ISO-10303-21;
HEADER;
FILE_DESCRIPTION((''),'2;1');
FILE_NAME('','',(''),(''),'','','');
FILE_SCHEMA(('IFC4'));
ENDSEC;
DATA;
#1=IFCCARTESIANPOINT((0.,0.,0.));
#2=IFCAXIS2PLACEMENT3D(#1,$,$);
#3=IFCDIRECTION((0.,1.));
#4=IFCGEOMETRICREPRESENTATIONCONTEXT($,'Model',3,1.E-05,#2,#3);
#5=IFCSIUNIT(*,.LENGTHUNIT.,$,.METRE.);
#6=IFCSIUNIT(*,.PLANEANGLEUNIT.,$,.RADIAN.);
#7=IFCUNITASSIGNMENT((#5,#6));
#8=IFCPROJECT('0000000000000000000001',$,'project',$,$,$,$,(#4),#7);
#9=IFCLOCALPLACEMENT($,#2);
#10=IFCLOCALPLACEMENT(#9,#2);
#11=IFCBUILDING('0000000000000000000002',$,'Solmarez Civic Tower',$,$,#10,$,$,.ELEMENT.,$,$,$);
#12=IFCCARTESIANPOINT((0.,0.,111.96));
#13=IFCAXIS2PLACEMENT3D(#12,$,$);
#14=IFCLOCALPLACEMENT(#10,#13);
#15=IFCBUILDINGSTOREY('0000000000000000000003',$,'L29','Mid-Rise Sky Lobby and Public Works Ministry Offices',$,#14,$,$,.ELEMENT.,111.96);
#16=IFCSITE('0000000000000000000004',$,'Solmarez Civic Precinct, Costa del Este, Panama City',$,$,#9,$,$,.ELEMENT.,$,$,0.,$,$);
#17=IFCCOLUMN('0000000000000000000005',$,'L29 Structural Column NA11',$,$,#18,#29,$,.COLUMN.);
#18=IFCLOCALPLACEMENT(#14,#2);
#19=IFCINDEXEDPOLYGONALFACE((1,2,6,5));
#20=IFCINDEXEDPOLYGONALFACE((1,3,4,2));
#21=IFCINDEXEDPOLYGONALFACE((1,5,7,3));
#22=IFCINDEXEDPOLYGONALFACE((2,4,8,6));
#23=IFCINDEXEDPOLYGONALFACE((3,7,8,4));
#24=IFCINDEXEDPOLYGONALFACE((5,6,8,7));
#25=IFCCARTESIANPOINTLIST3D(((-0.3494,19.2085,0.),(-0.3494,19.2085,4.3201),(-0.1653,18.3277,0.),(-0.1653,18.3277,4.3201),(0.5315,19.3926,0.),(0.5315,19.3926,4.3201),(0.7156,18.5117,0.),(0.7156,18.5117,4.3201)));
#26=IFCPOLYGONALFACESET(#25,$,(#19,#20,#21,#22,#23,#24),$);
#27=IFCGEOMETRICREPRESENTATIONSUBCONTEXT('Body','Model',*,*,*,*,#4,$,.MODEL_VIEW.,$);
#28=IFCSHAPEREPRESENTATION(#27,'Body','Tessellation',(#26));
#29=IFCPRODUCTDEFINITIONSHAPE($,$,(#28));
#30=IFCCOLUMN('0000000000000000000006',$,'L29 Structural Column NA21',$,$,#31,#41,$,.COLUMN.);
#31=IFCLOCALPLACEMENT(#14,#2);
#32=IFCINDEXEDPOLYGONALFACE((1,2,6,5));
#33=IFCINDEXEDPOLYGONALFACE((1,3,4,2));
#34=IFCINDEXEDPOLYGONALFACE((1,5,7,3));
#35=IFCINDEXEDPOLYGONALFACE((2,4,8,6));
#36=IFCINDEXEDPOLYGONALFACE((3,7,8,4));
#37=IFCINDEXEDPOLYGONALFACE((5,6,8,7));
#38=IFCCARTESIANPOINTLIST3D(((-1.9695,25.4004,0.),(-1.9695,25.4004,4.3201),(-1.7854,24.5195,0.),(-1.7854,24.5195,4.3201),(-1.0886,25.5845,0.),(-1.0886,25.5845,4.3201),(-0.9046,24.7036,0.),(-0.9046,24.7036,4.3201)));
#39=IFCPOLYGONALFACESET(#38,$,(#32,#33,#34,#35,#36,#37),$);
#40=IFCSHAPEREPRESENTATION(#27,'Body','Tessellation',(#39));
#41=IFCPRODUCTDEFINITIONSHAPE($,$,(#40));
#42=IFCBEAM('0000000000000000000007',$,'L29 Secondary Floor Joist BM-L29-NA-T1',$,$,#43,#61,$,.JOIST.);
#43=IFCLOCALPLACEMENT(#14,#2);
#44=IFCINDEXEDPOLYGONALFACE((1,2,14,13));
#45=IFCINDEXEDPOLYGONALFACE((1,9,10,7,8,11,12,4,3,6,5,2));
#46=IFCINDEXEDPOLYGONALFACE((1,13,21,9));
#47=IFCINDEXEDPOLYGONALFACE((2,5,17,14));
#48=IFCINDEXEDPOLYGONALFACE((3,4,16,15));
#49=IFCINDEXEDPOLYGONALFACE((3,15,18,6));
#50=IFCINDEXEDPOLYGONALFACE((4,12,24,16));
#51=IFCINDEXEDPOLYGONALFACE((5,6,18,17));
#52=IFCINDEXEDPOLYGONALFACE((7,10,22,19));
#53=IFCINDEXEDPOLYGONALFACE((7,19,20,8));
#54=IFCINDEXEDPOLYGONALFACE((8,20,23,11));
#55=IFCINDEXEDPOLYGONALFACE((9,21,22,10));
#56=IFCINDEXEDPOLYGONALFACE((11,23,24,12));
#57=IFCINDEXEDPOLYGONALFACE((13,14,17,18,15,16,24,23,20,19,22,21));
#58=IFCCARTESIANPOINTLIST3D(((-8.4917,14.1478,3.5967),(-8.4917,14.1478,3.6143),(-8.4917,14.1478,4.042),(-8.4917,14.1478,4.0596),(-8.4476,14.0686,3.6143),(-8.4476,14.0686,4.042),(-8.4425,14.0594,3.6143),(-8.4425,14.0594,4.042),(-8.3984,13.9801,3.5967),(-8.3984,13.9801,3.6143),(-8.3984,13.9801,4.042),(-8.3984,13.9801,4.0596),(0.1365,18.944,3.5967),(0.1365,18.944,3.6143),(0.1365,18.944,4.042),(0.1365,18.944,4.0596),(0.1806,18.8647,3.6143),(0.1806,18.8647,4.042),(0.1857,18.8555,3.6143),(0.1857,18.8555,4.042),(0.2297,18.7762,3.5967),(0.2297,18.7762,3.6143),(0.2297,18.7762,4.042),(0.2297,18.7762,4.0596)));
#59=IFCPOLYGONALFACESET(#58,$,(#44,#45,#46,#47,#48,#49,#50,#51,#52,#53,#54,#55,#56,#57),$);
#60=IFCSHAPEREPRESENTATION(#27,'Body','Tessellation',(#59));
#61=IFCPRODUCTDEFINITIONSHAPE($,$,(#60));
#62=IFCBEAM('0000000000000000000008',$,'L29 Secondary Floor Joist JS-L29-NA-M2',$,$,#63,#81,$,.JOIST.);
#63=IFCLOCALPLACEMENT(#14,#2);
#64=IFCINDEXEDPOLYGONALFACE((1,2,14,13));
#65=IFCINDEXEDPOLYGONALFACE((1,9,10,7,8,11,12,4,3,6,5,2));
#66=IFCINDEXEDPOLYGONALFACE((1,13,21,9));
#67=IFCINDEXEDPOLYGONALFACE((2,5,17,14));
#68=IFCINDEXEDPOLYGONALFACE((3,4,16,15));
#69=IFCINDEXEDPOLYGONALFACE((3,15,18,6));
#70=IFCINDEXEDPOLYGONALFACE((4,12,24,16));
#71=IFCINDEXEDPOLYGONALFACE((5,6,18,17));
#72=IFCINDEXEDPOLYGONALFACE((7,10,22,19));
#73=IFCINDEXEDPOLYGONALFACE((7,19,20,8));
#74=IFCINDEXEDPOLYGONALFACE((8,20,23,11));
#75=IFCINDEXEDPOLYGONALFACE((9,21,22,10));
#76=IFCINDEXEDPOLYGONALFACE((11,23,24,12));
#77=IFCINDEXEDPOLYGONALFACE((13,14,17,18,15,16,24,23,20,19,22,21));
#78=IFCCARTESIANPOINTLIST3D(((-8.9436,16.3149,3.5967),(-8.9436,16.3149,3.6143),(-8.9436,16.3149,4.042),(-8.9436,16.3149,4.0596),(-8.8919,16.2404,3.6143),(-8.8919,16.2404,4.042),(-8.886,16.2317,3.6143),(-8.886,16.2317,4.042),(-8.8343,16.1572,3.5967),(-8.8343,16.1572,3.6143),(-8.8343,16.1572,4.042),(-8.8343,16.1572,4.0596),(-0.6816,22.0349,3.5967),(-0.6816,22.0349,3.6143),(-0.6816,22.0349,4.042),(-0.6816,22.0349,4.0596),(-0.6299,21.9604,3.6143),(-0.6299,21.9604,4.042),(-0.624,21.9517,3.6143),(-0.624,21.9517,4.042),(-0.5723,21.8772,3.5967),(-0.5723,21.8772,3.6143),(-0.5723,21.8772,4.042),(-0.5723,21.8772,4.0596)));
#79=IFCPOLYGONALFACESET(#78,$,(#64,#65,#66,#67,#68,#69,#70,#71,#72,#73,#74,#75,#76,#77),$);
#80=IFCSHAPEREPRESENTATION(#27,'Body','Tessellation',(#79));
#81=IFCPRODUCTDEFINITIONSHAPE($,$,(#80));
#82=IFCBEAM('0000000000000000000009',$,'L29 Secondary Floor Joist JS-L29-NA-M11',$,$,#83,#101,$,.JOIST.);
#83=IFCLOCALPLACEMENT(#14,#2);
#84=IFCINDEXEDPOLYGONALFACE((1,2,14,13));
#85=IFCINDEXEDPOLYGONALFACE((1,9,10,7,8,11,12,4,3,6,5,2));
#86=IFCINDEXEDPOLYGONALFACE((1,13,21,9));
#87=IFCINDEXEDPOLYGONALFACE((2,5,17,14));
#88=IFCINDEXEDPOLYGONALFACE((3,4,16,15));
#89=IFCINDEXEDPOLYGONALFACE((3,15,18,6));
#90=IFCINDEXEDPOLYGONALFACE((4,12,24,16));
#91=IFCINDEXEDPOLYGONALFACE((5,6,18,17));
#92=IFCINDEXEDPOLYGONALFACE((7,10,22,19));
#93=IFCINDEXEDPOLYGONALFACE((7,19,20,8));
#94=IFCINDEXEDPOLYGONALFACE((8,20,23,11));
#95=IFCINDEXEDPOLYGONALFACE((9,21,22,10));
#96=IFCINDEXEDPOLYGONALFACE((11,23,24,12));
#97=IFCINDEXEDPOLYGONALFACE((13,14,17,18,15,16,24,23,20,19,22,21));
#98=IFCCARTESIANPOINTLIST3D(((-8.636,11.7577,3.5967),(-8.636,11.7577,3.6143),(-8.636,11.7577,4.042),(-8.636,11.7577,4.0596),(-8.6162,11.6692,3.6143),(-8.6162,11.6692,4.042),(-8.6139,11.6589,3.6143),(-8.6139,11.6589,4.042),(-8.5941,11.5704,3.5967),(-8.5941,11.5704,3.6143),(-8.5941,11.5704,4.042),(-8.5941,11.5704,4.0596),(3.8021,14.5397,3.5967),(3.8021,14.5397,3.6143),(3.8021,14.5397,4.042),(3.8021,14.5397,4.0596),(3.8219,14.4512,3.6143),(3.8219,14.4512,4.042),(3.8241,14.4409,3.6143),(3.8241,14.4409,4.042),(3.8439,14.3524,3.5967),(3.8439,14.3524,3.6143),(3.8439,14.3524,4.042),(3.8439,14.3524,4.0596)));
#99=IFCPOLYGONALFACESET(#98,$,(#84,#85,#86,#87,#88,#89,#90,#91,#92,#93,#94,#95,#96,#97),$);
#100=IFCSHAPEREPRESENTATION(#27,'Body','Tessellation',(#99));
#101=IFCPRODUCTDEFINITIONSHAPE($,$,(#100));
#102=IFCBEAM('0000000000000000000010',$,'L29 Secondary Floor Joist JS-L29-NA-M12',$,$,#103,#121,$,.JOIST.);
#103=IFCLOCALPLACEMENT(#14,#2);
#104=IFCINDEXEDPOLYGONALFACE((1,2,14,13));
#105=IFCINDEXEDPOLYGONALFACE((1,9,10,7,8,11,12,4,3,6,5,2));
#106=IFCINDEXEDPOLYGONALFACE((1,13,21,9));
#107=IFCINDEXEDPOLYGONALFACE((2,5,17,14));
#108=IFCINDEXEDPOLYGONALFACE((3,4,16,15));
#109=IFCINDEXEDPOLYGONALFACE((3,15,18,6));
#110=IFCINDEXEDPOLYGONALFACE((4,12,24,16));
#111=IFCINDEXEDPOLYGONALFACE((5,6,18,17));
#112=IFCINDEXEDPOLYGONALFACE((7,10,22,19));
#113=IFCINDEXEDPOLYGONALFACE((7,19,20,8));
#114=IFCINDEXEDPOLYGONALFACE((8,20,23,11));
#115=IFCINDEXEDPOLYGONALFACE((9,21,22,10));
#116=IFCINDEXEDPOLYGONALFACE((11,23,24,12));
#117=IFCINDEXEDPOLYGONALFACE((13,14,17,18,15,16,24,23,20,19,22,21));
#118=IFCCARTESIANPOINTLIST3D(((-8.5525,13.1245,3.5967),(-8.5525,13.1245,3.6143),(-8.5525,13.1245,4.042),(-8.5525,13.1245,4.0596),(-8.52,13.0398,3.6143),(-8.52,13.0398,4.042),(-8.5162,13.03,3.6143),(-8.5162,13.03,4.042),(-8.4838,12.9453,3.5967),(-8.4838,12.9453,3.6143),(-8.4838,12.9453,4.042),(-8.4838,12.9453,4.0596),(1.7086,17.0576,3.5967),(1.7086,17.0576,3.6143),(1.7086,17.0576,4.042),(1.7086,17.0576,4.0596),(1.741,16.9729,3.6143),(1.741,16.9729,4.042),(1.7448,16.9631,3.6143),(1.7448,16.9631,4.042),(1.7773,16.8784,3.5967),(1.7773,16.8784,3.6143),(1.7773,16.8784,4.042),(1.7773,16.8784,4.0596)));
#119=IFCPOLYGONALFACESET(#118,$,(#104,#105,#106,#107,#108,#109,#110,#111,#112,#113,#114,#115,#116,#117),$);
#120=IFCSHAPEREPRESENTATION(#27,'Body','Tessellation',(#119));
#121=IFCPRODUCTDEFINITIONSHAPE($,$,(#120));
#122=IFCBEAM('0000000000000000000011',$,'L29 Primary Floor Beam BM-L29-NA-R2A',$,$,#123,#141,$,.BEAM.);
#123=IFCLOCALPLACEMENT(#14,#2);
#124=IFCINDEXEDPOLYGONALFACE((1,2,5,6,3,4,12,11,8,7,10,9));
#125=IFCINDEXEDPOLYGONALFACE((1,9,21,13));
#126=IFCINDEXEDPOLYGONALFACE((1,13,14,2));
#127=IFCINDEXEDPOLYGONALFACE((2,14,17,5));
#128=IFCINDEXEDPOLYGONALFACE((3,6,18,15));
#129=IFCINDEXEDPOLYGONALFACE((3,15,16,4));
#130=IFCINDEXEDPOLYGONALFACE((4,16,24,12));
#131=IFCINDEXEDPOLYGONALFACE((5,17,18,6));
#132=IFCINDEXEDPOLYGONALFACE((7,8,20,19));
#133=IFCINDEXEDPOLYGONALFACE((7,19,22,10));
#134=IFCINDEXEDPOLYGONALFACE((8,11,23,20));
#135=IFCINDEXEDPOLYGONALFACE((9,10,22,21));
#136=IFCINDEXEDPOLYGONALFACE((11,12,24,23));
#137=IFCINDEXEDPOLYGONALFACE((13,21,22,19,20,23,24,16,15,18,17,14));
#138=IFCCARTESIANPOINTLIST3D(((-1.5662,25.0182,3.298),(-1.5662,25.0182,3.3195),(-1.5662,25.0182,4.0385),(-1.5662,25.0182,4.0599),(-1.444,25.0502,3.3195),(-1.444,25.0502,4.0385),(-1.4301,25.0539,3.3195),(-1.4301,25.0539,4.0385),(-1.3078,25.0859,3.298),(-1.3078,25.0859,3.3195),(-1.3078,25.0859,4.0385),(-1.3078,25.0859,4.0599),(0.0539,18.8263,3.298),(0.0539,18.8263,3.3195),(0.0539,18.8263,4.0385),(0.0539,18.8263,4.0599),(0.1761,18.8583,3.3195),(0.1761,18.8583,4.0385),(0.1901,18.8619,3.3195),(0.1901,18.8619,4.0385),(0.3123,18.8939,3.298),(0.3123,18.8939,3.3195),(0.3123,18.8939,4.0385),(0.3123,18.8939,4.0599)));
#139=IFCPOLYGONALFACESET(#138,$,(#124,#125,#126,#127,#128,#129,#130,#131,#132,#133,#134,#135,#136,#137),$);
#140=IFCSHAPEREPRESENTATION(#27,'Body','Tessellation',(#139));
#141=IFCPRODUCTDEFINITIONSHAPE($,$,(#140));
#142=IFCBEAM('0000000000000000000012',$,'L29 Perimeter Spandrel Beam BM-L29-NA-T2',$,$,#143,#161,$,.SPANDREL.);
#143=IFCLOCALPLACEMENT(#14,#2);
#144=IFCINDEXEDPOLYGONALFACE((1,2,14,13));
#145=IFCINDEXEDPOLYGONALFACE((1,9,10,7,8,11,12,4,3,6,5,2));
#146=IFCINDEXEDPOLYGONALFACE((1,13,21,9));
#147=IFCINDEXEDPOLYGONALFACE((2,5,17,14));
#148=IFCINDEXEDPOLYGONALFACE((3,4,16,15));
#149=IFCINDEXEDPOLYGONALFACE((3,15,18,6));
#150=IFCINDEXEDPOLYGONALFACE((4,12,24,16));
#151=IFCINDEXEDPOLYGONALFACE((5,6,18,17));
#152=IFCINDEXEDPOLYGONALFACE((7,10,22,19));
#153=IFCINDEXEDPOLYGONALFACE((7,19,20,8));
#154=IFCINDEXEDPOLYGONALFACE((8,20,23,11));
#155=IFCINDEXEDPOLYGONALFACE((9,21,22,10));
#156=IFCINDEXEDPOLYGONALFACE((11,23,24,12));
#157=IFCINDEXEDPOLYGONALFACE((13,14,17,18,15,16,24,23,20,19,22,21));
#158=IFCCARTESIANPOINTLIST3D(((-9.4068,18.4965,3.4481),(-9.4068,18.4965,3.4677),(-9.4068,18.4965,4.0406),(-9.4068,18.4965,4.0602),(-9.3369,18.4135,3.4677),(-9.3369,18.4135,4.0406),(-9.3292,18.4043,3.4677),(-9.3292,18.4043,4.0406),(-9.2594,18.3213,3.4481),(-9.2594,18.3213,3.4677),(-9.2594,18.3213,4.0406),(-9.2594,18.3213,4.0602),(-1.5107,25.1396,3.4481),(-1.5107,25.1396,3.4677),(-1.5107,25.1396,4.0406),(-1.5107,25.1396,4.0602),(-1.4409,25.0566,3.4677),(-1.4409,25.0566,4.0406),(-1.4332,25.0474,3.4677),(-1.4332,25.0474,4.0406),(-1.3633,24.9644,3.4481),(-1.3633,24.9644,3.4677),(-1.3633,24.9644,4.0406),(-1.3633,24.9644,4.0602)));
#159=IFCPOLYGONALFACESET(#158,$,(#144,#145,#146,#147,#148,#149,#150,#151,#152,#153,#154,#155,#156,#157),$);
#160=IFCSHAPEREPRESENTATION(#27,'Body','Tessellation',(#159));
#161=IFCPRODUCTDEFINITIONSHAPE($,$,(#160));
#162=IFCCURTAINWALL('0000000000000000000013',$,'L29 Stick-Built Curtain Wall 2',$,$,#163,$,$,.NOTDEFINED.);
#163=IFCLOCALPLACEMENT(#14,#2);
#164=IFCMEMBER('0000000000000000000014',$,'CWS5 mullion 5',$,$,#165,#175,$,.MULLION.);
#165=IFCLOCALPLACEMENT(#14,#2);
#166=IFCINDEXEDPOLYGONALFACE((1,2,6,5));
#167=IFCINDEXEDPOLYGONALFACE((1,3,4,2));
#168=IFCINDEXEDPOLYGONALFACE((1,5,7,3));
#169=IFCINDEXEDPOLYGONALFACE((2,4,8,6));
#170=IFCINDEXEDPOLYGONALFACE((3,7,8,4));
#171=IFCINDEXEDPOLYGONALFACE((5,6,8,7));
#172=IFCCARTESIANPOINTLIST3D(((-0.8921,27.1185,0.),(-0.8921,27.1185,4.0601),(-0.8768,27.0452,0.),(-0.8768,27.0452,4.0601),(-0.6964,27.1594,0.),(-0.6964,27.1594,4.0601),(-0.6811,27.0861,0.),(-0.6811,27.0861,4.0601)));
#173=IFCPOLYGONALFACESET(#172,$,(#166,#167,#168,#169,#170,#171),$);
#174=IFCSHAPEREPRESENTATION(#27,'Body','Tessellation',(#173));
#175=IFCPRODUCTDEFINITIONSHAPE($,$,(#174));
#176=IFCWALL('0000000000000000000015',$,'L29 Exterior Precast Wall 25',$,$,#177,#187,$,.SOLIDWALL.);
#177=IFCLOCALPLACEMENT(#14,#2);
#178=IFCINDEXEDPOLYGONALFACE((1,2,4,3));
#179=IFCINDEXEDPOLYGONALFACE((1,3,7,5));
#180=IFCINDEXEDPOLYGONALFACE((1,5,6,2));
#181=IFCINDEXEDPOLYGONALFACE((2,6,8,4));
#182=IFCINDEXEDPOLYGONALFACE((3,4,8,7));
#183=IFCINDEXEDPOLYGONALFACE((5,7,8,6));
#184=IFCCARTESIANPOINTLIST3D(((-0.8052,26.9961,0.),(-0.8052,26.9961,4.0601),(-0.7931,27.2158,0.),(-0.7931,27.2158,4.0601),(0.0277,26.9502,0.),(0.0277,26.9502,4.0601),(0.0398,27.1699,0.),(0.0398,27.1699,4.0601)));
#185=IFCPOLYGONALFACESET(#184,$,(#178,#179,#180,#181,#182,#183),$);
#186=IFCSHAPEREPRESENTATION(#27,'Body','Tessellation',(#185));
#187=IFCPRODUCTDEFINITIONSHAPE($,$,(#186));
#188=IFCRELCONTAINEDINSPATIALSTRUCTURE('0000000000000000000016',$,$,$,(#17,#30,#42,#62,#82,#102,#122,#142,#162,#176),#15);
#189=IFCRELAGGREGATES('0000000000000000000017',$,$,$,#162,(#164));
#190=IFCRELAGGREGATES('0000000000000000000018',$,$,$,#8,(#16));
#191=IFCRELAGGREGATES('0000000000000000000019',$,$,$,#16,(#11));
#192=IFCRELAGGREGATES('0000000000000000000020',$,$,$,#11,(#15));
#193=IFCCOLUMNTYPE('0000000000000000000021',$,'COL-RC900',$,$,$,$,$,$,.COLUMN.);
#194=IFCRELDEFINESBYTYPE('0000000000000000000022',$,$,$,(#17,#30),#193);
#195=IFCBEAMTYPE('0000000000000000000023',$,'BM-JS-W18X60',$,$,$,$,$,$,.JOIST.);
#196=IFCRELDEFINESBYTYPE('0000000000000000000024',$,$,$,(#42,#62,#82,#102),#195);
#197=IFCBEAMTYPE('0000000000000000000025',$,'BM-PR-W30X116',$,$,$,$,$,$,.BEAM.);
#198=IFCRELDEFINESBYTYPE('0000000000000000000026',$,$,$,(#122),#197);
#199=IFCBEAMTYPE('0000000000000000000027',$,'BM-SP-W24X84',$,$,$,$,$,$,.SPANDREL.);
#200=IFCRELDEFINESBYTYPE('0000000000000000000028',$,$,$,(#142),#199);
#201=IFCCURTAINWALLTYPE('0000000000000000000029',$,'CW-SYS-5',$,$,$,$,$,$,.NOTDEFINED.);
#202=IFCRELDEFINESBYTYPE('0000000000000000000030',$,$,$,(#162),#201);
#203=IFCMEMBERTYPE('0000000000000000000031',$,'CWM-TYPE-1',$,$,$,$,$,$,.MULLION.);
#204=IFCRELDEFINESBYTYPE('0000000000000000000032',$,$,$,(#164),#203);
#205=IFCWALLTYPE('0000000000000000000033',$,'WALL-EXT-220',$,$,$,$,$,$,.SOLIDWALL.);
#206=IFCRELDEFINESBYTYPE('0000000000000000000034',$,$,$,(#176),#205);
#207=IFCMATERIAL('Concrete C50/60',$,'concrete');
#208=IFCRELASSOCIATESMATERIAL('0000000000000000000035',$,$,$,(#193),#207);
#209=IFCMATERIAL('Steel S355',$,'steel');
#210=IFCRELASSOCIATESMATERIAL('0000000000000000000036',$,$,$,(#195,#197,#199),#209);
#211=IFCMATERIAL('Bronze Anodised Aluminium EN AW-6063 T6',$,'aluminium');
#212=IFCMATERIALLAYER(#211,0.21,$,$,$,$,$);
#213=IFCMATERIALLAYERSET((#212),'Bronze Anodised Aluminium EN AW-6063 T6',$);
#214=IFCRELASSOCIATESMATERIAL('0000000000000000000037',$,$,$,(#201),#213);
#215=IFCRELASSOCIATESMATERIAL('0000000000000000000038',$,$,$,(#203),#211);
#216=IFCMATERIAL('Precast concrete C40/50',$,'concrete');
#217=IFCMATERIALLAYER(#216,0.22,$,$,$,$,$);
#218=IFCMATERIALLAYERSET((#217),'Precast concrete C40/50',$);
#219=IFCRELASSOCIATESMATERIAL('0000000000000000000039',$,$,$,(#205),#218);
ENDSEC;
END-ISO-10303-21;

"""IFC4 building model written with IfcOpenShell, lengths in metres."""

from ifc_helpers import new_model, si_unit, direction, frame, frame_2d, origin, origin_2d, place, context, subcontext, project, spatial, rectangle, i_section, extrude, material, layer, layer_set, material_profile, profile_set, type_object, element, aggregate, save


model = new_model("IFC4")

# Units and contexts
model_context = context("Model", 3, precision=1e-05, world=origin(), true_north=direction((0.0, 1.0)))
body_context = subcontext(model_context, "Body", "Model", "MODEL_VIEW")
ifc_project = project(units=[si_unit("LENGTHUNIT", "METRE"), si_unit("PLANEANGLEUNIT", "RADIAN")], contexts=[model_context])

# Site, building, storey
site_placement = place(None, origin())
site = spatial("IfcSite", under=ifc_project, at=site_placement, Name="Solmarez Civic Precinct, Costa del Este, Panama City", CompositionType="ELEMENT", RefElevation=0.0)
building_placement = place(site_placement, origin())
building = spatial("IfcBuilding", under=site, at=building_placement, Name="Solmarez Civic Tower", CompositionType="ELEMENT")
storey_placement = place(building_placement, frame((0.0, 0.0, 111.96)))
storey = spatial("IfcBuildingStorey", under=building, at=storey_placement, Name="L29", Description="Mid-Rise Sky Lobby and Public Works Ministry Offices", CompositionType="ELEMENT", Elevation=111.96)

# Columns
ifc_material_1 = material(Name="Concrete C50/60", Category="concrete")
ifc_material_profile_1 = material_profile(ifc_material_1, rectangle(XDim=0.8999, YDim=0.8999, at=origin_2d()), Name="RC900X900")
ifc_profile_set_1 = profile_set([ifc_material_profile_1], Name="Concrete C50/60")
column_type = type_object("IfcColumnType", Name="COL-RC900", PredefinedType="COLUMN", material=ifc_profile_set_1)
for number, where, z_axis, x_axis, name in (
    (1, (0.1831, 18.8601, 0.0), (0.0, 0.0, 1.0), (0.978867, 0.204496, 0.0), "L29 Structural Column NA11"),
    (2, (-1.437, 25.052, 0.0), (0.0, 0.0, 1.0), (0.978867, 0.204496, 0.0), "L29 Structural Column NA21"),
):
    element("IfcColumn", number, at=place(storey_placement, frame(where, z_axis=z_axis, x_axis=x_axis)), inside=storey, type_object=column_type, Name=name, PredefinedType="COLUMN", context=body_context, shape_type="SweptSolid", body=[
        extrude(rectangle(XDim=0.8999, YDim=0.8999, at=origin_2d()), origin(), (0.0, 0.0, 1.0), 4.3201),
    ])

# Beams
ifc_material_2 = material(Name="Steel S355", Category="steel")
ifc_material_profile_2 = material_profile(ifc_material_2, i_section(OverallWidth=0.1919, OverallDepth=0.4629, WebThickness=0.0105, FlangeThickness=0.0176, at=origin_2d()), Name="W18X60")
ifc_profile_set_2 = profile_set([ifc_material_profile_2], Name="Steel S355")
beam_type_1 = type_object("IfcBeamType", Name="BM-JS-W18X60", PredefinedType="JOIST", material=ifc_profile_set_2)
beam_1_placement = place(storey_placement, frame((0.1831, 18.8601, 3.8281), z_axis=(-0.874041, -0.485853, 0.0), x_axis=(0.485853, -0.874041, 0.0)))
element("IfcBeam", 3, at=beam_1_placement, inside=storey, type_object=beam_type_1, Name="L29 Secondary Floor Joist BM-L29-NA-T1", PredefinedType="JOIST", context=body_context, shape_type="SweptSolid", body=[
    extrude(i_section(OverallWidth=0.1919, OverallDepth=0.4629, WebThickness=0.0105, FlangeThickness=0.0176, at=origin_2d()), origin(), (0.0, 0.0, 1.0), 9.8716),
])
beam_2_placement = place(storey_placement, frame((-0.627, 21.9561, 3.8281), z_axis=(-0.822185, -0.56922, 0.0), x_axis=(0.56922, -0.822185, 0.0)))
element("IfcBeam", 4, at=beam_2_placement, inside=storey, type_object=beam_type_1, Name="L29 Secondary Floor Joist JS-L29-NA-M2", PredefinedType="JOIST", context=body_context, shape_type="SweptSolid", body=[
    extrude(i_section(OverallWidth=0.1919, OverallDepth=0.4629, WebThickness=0.0105, FlangeThickness=0.0176, at=origin_2d()), origin(), (0.0, 0.0, 1.0), 10.0488),
])
beam_3_placement = place(storey_placement, frame((3.823, 14.446, 3.8281), z_axis=(-0.975887, -0.218275, 0.0), x_axis=(0.218275, -0.975887, 0.0)))
element("IfcBeam", 5, at=beam_3_placement, inside=storey, type_object=beam_type_1, Name="L29 Secondary Floor Joist JS-L29-NA-M11", PredefinedType="JOIST", context=body_context, shape_type="SweptSolid", body=[
    extrude(i_section(OverallWidth=0.1919, OverallDepth=0.4629, WebThickness=0.0105, FlangeThickness=0.0176, at=origin_2d()), origin(), (0.0, 0.0, 1.0), 12.7454),
])
beam_4_placement = place(storey_placement, frame((1.7429, 16.968, 3.8281), z_axis=(-0.933754, -0.357914, 0.0), x_axis=(0.357914, -0.933754, 0.0)))
element("IfcBeam", 6, at=beam_4_placement, inside=storey, type_object=beam_type_1, Name="L29 Secondary Floor Joist JS-L29-NA-M12", PredefinedType="JOIST", context=body_context, shape_type="SweptSolid", body=[
    extrude(i_section(OverallWidth=0.1919, OverallDepth=0.4629, WebThickness=0.0105, FlangeThickness=0.0176, at=origin_2d()), origin(), (0.0, 0.0, 1.0), 10.989),
])
ifc_material_profile_3 = material_profile(ifc_material_2, i_section(OverallWidth=0.2671, OverallDepth=0.762, WebThickness=0.0144, FlangeThickness=0.0215, at=origin_2d()), Name="W30X116")
ifc_profile_set_3 = profile_set([ifc_material_profile_3], Name="Steel S355")
beam_type_2 = type_object("IfcBeamType", Name="BM-PR-W30X116", PredefinedType="BEAM", material=ifc_profile_set_3)
beam_5_placement = place(storey_placement, frame((0.1831, 18.8601, 3.679), z_axis=(-0.25313, 0.967432, 0.0), x_axis=(-0.967432, -0.25313, 0.0)))
element("IfcBeam", 7, at=beam_5_placement, inside=storey, type_object=beam_type_2, Name="L29 Primary Floor Beam BM-L29-NA-R2A", PredefinedType="BEAM", context=body_context, shape_type="SweptSolid", body=[
    extrude(i_section(OverallWidth=0.2671, OverallDepth=0.762, WebThickness=0.0144, FlangeThickness=0.0215, at=origin_2d()), origin(), (0.0, 0.0, 1.0), 6.4004),
])
ifc_material_profile_4 = material_profile(ifc_material_2, i_section(OverallWidth=0.229, OverallDepth=0.6121, WebThickness=0.012, FlangeThickness=0.0195, at=origin_2d()), Name="W24X84")
ifc_profile_set_4 = profile_set([ifc_material_profile_4], Name="Steel S355")
beam_type_3 = type_object("IfcBeamType", Name="BM-SP-W24X84", PredefinedType="SPANDREL", material=ifc_profile_set_4)
beam_6_placement = place(storey_placement, frame((-1.437, 25.052, 3.7542), z_axis=(-0.765207, -0.643784, 0.0), x_axis=(0.643784, -0.765207, 0.0)))
element("IfcBeam", 8, at=beam_6_placement, inside=storey, type_object=beam_type_3, Name="L29 Perimeter Spandrel Beam BM-L29-NA-T2", PredefinedType="SPANDREL", context=body_context, shape_type="SweptSolid", body=[
    extrude(i_section(OverallWidth=0.229, OverallDepth=0.6121, WebThickness=0.012, FlangeThickness=0.0195, at=origin_2d()), origin(), (0.0, 0.0, 1.0), 10.3188),
])

# Curtain wall, member
ifc_material_3 = material(Name="Bronze Anodised Aluminium EN AW-6063 T6", Category="aluminium")
ifc_layer_1 = layer(ifc_material_3, 0.21)
ifc_layer_set_1 = layer_set([ifc_layer_1], Name="Bronze Anodised Aluminium EN AW-6063 T6")
curtain_wall_type = type_object("IfcCurtainWallType", Name="CW-SYS-5", PredefinedType="NOTDEFINED", material=ifc_layer_set_1)
curtain_wall_placement = place(storey_placement, origin())
curtain_wall = element("IfcCurtainWall", 9, at=curtain_wall_placement, inside=storey, type_object=curtain_wall_type, Name="L29 Stick-Built Curtain Wall 2", PredefinedType="NOTDEFINED")
ifc_material_profile_5 = material_profile(ifc_material_3, rectangle(XDim=0.075, YDim=0.2, at=origin_2d()), Name="CWM-75X200")
ifc_profile_set_5 = profile_set([ifc_material_profile_5], Name="Bronze Anodised Aluminium EN AW-6063 T6")
member_type = type_object("IfcMemberType", Name="CWM-TYPE-1", PredefinedType="MULLION", material=ifc_profile_set_5)
member_placement = place(storey_placement, frame((-0.7866, 27.1023, 0.0), z_axis=(0.0, 0.0, 1.0), x_axis=(-0.204585, 0.978849, 0.0)))
member = element("IfcMember", 10, at=member_placement, type_object=member_type, Name="CWS5 mullion 5", PredefinedType="MULLION", context=body_context, shape_type="SweptSolid", body=[
    extrude(rectangle(XDim=0.075, YDim=0.2, at=origin_2d()), origin(), (0.0, 0.0, 1.0), 4.0601),
])
aggregate(curtain_wall, [member])

# Wall
ifc_material_4 = material(Name="Precast concrete C40/50", Category="concrete")
ifc_layer_2 = layer(ifc_material_4, 0.22)
ifc_layer_set_2 = layer_set([ifc_layer_2], Name="Precast concrete C40/50")
wall_type_1 = type_object("IfcWallType", Name="WALL-EXT-220", PredefinedType="SOLIDWALL", material=ifc_layer_set_2)
wall_1_placement = place(storey_placement, frame((-0.7991, 27.106, 0.0), z_axis=(0.0, 0.0, 1.0), x_axis=(0.998485, -0.055016, 0.0)))
element("IfcWall", 11, at=wall_1_placement, inside=storey, type_object=wall_type_1, Name="L29 Exterior Precast Wall 25", PredefinedType="SOLIDWALL", context=body_context, shape_type="SweptSolid", body=[
    extrude(rectangle(XDim=0.8342, YDim=0.22, at=frame_2d((0.417, 0.0))), origin(), (0.0, 0.0, 1.0), 4.0601),
])

save(model, "model.ifc")
